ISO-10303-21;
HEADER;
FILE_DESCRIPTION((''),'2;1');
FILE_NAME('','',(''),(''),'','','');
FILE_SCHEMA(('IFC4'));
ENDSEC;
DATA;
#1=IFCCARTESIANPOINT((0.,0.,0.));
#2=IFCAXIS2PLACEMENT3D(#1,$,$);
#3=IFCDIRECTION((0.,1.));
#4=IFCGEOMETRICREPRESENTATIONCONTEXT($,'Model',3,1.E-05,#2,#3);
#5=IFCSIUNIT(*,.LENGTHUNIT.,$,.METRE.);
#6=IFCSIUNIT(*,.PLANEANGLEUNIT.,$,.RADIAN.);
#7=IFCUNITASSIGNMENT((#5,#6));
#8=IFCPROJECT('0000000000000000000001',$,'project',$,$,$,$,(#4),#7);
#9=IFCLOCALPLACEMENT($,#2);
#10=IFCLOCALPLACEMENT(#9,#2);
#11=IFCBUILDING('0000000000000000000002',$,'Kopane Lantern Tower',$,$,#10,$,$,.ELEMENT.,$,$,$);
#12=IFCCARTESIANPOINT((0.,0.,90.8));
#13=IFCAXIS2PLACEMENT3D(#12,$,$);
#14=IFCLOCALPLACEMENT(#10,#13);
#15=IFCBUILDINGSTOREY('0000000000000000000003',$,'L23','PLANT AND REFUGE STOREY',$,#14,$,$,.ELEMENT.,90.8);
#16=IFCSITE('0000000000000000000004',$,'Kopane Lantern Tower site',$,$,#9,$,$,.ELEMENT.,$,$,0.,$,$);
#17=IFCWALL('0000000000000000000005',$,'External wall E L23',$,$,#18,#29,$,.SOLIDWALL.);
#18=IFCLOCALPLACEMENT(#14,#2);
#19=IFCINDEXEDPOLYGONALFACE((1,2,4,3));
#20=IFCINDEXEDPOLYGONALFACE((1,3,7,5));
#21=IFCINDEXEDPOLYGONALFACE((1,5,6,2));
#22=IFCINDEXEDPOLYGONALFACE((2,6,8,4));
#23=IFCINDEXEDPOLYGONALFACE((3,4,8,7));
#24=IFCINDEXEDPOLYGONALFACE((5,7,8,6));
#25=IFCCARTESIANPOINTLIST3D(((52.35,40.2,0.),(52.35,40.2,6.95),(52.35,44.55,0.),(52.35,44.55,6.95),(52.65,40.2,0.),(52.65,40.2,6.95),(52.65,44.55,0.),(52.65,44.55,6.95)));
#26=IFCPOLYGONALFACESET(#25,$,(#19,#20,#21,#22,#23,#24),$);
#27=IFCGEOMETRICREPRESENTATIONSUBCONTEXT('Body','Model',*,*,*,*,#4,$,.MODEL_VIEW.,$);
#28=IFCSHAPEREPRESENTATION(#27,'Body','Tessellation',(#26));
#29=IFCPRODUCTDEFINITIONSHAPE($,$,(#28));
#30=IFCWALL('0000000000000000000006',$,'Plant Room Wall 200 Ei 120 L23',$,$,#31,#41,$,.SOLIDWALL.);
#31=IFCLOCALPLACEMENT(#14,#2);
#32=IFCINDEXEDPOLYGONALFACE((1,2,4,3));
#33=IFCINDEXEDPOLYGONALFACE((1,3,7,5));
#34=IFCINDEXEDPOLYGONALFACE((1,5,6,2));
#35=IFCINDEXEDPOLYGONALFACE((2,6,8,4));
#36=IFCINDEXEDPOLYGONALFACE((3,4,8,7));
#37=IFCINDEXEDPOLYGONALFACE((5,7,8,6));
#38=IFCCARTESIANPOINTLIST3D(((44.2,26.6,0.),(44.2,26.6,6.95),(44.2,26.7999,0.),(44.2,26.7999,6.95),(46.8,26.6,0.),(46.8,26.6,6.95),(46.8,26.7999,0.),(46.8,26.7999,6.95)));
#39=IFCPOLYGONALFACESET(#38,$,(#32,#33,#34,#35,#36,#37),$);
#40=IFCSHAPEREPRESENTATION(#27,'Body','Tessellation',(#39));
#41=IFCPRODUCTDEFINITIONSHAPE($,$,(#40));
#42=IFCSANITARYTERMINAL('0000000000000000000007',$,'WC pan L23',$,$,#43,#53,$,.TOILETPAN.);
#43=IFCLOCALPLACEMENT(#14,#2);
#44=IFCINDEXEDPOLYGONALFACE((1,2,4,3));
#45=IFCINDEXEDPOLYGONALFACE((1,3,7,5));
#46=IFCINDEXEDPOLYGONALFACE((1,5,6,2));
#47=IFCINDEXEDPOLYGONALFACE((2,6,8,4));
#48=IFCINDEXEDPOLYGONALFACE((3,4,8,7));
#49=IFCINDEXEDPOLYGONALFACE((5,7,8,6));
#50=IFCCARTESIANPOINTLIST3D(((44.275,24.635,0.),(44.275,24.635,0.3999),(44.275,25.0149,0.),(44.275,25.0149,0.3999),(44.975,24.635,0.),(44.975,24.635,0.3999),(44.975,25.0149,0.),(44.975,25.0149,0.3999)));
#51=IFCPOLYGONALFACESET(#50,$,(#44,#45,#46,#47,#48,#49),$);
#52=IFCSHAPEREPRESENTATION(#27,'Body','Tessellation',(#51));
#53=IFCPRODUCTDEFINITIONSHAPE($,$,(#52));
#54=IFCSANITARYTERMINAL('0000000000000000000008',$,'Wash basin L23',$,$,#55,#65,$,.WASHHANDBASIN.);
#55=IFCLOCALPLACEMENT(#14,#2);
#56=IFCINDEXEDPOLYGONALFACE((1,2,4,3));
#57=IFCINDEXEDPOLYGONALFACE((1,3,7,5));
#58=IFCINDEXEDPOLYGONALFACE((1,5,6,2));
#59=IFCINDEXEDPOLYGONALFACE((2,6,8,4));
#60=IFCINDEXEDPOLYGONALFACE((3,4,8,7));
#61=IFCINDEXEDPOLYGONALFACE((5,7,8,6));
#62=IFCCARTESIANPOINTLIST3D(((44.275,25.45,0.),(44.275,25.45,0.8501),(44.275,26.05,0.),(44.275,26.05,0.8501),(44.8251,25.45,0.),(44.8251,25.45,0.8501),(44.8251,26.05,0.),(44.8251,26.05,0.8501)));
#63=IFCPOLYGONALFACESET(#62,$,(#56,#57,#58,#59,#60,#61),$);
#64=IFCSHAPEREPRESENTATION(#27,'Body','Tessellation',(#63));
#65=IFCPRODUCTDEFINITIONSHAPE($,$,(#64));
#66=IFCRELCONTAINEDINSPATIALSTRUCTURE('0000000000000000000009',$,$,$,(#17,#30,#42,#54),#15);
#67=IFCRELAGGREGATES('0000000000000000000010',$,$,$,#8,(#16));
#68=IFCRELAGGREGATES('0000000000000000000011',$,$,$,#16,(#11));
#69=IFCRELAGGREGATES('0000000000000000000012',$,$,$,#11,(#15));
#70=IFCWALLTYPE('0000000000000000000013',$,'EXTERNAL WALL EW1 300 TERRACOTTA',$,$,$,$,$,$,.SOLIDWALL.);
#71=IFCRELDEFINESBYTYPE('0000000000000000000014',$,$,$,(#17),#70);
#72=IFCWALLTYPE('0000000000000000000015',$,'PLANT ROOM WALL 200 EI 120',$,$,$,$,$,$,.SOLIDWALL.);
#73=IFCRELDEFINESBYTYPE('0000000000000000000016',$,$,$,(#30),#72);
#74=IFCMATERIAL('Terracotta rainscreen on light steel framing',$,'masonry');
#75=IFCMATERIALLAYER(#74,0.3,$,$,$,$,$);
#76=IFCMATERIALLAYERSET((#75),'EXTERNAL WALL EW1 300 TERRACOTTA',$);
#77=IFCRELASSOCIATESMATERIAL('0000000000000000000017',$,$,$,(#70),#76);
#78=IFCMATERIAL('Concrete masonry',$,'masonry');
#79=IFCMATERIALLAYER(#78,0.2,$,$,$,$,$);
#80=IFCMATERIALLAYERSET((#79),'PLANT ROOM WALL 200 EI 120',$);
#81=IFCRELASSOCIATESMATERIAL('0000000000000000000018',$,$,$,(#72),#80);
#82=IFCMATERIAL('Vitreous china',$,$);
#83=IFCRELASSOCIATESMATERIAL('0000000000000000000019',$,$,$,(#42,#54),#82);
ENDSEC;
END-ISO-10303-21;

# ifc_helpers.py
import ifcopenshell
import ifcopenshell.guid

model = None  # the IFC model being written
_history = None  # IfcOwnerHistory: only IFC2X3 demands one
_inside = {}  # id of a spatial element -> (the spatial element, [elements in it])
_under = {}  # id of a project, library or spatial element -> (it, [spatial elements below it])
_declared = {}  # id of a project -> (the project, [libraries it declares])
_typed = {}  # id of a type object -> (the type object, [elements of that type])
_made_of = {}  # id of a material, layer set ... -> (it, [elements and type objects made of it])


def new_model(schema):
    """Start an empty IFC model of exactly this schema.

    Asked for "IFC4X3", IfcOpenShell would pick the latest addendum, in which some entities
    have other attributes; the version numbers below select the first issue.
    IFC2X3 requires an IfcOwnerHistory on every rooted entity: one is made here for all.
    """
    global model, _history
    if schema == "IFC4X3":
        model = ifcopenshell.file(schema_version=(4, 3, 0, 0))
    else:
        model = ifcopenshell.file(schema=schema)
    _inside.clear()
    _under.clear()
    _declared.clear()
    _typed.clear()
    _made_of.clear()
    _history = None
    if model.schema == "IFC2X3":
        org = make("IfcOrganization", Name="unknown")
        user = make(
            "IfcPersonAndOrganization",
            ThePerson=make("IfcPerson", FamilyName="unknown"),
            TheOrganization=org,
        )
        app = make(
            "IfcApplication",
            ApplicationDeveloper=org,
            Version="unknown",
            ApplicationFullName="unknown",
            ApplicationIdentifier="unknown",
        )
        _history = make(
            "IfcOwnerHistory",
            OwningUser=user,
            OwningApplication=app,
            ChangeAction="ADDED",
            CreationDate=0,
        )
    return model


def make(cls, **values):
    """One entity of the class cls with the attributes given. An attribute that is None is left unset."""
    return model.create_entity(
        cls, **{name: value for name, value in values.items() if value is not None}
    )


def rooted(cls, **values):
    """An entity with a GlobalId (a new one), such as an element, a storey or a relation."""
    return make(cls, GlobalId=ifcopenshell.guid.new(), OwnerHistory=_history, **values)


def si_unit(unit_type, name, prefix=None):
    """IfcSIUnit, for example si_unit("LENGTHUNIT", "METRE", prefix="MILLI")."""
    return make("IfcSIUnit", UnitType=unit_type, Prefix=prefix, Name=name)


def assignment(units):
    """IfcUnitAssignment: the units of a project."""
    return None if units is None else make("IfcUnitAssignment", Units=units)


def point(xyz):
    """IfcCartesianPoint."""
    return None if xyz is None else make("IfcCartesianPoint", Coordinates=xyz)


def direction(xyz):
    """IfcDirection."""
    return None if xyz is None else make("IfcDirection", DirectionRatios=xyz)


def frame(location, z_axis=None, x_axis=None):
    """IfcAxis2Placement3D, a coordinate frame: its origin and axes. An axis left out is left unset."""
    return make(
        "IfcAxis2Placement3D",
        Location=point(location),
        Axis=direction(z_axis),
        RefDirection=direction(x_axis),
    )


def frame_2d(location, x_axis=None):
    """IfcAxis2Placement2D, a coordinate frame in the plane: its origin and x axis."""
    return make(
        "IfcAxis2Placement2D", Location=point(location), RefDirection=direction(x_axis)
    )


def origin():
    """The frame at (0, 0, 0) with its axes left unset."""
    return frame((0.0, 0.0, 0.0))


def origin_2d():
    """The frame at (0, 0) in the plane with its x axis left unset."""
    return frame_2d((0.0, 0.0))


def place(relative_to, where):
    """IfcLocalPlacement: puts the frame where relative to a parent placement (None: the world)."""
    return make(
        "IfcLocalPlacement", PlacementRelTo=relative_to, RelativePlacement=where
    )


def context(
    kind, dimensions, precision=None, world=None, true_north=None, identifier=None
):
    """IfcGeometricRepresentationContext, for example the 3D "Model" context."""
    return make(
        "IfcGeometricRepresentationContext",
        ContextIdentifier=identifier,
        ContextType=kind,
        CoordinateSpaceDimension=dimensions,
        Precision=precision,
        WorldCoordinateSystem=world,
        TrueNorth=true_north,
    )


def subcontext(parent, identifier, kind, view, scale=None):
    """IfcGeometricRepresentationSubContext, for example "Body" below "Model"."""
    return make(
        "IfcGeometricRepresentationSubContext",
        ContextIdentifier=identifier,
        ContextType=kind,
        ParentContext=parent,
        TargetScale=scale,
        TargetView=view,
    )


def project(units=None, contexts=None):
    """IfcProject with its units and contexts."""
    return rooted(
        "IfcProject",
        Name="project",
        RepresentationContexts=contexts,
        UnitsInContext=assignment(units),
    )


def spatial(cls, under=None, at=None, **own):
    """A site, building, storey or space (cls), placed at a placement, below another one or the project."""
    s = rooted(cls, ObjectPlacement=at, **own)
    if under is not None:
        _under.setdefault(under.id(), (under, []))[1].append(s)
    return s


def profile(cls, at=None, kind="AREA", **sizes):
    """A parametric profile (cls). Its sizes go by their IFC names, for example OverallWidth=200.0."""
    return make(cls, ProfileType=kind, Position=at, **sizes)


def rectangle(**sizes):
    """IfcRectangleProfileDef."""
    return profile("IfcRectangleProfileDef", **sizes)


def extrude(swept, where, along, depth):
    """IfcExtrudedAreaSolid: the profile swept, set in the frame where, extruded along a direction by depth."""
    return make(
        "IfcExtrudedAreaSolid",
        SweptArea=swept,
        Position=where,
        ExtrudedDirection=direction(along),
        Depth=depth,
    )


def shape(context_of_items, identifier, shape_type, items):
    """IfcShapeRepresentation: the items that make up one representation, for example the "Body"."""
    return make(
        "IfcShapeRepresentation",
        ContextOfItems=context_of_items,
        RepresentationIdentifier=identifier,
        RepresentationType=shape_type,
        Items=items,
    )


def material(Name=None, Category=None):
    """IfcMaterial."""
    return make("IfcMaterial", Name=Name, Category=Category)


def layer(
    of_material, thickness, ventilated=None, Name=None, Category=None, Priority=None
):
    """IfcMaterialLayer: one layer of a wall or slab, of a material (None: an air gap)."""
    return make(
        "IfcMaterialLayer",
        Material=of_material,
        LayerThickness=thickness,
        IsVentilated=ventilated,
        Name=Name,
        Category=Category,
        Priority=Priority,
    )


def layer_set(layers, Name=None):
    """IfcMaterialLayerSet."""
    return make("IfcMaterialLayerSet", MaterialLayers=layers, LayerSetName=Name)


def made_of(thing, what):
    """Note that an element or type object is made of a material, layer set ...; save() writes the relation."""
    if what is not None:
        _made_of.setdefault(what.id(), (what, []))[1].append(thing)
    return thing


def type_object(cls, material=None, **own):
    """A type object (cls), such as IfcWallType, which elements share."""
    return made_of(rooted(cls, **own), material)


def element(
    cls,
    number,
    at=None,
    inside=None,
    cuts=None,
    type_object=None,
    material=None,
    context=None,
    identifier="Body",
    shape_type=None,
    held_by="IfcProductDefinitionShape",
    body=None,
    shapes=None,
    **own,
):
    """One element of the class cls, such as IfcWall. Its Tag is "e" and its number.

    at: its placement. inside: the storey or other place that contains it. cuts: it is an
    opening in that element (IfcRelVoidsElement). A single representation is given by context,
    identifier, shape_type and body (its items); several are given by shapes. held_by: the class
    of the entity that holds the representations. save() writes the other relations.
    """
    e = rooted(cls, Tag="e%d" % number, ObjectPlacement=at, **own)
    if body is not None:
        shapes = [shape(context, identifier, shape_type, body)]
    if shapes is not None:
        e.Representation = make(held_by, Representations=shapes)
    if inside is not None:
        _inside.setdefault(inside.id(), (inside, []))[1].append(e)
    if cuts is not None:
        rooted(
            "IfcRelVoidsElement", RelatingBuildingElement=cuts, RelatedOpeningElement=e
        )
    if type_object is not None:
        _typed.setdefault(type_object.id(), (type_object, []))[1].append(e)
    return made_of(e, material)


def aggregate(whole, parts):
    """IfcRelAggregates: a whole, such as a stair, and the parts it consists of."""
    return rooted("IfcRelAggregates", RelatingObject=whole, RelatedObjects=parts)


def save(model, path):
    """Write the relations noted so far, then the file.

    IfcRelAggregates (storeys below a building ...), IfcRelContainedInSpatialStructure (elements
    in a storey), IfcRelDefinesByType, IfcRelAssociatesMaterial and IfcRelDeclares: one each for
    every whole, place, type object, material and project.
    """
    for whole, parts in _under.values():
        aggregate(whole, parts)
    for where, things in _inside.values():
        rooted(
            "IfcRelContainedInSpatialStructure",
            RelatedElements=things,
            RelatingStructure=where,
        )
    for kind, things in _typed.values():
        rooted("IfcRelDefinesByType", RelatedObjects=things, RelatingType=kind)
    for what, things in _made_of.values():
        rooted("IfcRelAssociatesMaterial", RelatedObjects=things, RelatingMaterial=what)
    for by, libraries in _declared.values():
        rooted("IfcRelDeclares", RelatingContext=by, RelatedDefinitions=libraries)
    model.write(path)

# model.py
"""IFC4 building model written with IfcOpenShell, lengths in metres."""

from ifc_helpers import new_model, si_unit, direction, frame, frame_2d, origin, origin_2d, place, context, subcontext, project, spatial, rectangle, extrude, material, layer, layer_set, type_object, element, save


model = new_model("IFC4")

# Units and contexts
model_context = context("Model", 3, precision=1e-05, world=origin(), true_north=direction((0.0, 1.0)))
body_context = subcontext(model_context, "Body", "Model", "MODEL_VIEW")
ifc_project = project(units=[si_unit("LENGTHUNIT", "METRE"), si_unit("PLANEANGLEUNIT", "RADIAN")], contexts=[model_context])

# Site, building, storey
site_placement = place(None, origin())
site = spatial("IfcSite", under=ifc_project, at=site_placement, Name="Kopane Lantern Tower site", CompositionType="ELEMENT", RefElevation=0.0)
building_placement = place(site_placement, origin())
building = spatial("IfcBuilding", under=site, at=building_placement, Name="Kopane Lantern Tower", CompositionType="ELEMENT")
storey_placement = place(building_placement, frame((0.0, 0.0, 90.8)))
storey = spatial("IfcBuildingStorey", under=building, at=storey_placement, Name="L23", Description="PLANT AND REFUGE STOREY", CompositionType="ELEMENT", Elevation=90.8)

# Walls
ifc_material_1 = material(Name="Terracotta rainscreen on light steel framing", Category="masonry")
ifc_layer_1 = layer(ifc_material_1, 0.3)
ifc_layer_set_1 = layer_set([ifc_layer_1], Name="EXTERNAL WALL EW1 300 TERRACOTTA")
wall_type_1 = type_object("IfcWallType", Name="EXTERNAL WALL EW1 300 TERRACOTTA", PredefinedType="SOLIDWALL", material=ifc_layer_set_1)
wall_1_placement = place(storey_placement, frame((52.5, 40.2, 0.0), z_axis=(0.0, 0.0, 1.0), x_axis=(0.0, 1.0, 0.0)))
element("IfcWall", 1, at=wall_1_placement, inside=storey, type_object=wall_type_1, Name="External wall E L23", PredefinedType="SOLIDWALL", context=body_context, shape_type="SweptSolid", body=[
    extrude(rectangle(XDim=4.3501, YDim=0.3, at=frame_2d((2.175, 0.0))), origin(), (0.0, 0.0, 1.0), 6.95),
])
ifc_material_2 = material(Name="Concrete masonry", Category="masonry")
ifc_layer_2 = layer(ifc_material_2, 0.2)
ifc_layer_set_2 = layer_set([ifc_layer_2], Name="PLANT ROOM WALL 200 EI 120")
wall_type_2 = type_object("IfcWallType", Name="PLANT ROOM WALL 200 EI 120", PredefinedType="SOLIDWALL", material=ifc_layer_set_2)
wall_2_placement = place(storey_placement, frame((46.8, 26.7, 0.0), z_axis=(0.0, 0.0, 1.0), x_axis=(-1.0, 0.0, 0.0)))
element("IfcWall", 2, at=wall_2_placement, inside=storey, type_object=wall_type_2, Name="Plant Room Wall 200 Ei 120 L23", PredefinedType="SOLIDWALL", context=body_context, shape_type="SweptSolid", body=[
    extrude(rectangle(XDim=2.6001, YDim=0.2, at=frame_2d((1.3, 0.0))), origin(), (0.0, 0.0, 1.0), 6.95),
])

# Sanitary terminals
ifc_material_3 = material(Name="Vitreous china")
sanitary_terminal_1_placement = place(storey_placement, frame((44.625, 24.825, 0.0), z_axis=(0.0, 0.0, 1.0), x_axis=(1.0, 0.0, 0.0)))
element("IfcSanitaryTerminal", 3, at=sanitary_terminal_1_placement, inside=storey, material=ifc_material_3, Name="WC pan L23", PredefinedType="TOILETPAN", context=body_context, shape_type="SweptSolid", body=[
    extrude(rectangle(XDim=0.7, YDim=0.3799, at=origin_2d()), origin(), (0.0, 0.0, 1.0), 0.3999),
])
sanitary_terminal_2_placement = place(storey_placement, frame((44.55, 25.75, 0.0), z_axis=(0.0, 0.0, 1.0), x_axis=(1.0, 0.0, 0.0)))
element("IfcSanitaryTerminal", 4, at=sanitary_terminal_2_placement, inside=storey, material=ifc_material_3, Name="Wash basin L23", PredefinedType="WASHHANDBASIN", context=body_context, shape_type="SweptSolid", body=[
    extrude(rectangle(XDim=0.55, YDim=0.6001, at=origin_2d()), origin(), (0.0, 0.0, 1.0), 0.8501),
])

save(model, "model.ifc")
